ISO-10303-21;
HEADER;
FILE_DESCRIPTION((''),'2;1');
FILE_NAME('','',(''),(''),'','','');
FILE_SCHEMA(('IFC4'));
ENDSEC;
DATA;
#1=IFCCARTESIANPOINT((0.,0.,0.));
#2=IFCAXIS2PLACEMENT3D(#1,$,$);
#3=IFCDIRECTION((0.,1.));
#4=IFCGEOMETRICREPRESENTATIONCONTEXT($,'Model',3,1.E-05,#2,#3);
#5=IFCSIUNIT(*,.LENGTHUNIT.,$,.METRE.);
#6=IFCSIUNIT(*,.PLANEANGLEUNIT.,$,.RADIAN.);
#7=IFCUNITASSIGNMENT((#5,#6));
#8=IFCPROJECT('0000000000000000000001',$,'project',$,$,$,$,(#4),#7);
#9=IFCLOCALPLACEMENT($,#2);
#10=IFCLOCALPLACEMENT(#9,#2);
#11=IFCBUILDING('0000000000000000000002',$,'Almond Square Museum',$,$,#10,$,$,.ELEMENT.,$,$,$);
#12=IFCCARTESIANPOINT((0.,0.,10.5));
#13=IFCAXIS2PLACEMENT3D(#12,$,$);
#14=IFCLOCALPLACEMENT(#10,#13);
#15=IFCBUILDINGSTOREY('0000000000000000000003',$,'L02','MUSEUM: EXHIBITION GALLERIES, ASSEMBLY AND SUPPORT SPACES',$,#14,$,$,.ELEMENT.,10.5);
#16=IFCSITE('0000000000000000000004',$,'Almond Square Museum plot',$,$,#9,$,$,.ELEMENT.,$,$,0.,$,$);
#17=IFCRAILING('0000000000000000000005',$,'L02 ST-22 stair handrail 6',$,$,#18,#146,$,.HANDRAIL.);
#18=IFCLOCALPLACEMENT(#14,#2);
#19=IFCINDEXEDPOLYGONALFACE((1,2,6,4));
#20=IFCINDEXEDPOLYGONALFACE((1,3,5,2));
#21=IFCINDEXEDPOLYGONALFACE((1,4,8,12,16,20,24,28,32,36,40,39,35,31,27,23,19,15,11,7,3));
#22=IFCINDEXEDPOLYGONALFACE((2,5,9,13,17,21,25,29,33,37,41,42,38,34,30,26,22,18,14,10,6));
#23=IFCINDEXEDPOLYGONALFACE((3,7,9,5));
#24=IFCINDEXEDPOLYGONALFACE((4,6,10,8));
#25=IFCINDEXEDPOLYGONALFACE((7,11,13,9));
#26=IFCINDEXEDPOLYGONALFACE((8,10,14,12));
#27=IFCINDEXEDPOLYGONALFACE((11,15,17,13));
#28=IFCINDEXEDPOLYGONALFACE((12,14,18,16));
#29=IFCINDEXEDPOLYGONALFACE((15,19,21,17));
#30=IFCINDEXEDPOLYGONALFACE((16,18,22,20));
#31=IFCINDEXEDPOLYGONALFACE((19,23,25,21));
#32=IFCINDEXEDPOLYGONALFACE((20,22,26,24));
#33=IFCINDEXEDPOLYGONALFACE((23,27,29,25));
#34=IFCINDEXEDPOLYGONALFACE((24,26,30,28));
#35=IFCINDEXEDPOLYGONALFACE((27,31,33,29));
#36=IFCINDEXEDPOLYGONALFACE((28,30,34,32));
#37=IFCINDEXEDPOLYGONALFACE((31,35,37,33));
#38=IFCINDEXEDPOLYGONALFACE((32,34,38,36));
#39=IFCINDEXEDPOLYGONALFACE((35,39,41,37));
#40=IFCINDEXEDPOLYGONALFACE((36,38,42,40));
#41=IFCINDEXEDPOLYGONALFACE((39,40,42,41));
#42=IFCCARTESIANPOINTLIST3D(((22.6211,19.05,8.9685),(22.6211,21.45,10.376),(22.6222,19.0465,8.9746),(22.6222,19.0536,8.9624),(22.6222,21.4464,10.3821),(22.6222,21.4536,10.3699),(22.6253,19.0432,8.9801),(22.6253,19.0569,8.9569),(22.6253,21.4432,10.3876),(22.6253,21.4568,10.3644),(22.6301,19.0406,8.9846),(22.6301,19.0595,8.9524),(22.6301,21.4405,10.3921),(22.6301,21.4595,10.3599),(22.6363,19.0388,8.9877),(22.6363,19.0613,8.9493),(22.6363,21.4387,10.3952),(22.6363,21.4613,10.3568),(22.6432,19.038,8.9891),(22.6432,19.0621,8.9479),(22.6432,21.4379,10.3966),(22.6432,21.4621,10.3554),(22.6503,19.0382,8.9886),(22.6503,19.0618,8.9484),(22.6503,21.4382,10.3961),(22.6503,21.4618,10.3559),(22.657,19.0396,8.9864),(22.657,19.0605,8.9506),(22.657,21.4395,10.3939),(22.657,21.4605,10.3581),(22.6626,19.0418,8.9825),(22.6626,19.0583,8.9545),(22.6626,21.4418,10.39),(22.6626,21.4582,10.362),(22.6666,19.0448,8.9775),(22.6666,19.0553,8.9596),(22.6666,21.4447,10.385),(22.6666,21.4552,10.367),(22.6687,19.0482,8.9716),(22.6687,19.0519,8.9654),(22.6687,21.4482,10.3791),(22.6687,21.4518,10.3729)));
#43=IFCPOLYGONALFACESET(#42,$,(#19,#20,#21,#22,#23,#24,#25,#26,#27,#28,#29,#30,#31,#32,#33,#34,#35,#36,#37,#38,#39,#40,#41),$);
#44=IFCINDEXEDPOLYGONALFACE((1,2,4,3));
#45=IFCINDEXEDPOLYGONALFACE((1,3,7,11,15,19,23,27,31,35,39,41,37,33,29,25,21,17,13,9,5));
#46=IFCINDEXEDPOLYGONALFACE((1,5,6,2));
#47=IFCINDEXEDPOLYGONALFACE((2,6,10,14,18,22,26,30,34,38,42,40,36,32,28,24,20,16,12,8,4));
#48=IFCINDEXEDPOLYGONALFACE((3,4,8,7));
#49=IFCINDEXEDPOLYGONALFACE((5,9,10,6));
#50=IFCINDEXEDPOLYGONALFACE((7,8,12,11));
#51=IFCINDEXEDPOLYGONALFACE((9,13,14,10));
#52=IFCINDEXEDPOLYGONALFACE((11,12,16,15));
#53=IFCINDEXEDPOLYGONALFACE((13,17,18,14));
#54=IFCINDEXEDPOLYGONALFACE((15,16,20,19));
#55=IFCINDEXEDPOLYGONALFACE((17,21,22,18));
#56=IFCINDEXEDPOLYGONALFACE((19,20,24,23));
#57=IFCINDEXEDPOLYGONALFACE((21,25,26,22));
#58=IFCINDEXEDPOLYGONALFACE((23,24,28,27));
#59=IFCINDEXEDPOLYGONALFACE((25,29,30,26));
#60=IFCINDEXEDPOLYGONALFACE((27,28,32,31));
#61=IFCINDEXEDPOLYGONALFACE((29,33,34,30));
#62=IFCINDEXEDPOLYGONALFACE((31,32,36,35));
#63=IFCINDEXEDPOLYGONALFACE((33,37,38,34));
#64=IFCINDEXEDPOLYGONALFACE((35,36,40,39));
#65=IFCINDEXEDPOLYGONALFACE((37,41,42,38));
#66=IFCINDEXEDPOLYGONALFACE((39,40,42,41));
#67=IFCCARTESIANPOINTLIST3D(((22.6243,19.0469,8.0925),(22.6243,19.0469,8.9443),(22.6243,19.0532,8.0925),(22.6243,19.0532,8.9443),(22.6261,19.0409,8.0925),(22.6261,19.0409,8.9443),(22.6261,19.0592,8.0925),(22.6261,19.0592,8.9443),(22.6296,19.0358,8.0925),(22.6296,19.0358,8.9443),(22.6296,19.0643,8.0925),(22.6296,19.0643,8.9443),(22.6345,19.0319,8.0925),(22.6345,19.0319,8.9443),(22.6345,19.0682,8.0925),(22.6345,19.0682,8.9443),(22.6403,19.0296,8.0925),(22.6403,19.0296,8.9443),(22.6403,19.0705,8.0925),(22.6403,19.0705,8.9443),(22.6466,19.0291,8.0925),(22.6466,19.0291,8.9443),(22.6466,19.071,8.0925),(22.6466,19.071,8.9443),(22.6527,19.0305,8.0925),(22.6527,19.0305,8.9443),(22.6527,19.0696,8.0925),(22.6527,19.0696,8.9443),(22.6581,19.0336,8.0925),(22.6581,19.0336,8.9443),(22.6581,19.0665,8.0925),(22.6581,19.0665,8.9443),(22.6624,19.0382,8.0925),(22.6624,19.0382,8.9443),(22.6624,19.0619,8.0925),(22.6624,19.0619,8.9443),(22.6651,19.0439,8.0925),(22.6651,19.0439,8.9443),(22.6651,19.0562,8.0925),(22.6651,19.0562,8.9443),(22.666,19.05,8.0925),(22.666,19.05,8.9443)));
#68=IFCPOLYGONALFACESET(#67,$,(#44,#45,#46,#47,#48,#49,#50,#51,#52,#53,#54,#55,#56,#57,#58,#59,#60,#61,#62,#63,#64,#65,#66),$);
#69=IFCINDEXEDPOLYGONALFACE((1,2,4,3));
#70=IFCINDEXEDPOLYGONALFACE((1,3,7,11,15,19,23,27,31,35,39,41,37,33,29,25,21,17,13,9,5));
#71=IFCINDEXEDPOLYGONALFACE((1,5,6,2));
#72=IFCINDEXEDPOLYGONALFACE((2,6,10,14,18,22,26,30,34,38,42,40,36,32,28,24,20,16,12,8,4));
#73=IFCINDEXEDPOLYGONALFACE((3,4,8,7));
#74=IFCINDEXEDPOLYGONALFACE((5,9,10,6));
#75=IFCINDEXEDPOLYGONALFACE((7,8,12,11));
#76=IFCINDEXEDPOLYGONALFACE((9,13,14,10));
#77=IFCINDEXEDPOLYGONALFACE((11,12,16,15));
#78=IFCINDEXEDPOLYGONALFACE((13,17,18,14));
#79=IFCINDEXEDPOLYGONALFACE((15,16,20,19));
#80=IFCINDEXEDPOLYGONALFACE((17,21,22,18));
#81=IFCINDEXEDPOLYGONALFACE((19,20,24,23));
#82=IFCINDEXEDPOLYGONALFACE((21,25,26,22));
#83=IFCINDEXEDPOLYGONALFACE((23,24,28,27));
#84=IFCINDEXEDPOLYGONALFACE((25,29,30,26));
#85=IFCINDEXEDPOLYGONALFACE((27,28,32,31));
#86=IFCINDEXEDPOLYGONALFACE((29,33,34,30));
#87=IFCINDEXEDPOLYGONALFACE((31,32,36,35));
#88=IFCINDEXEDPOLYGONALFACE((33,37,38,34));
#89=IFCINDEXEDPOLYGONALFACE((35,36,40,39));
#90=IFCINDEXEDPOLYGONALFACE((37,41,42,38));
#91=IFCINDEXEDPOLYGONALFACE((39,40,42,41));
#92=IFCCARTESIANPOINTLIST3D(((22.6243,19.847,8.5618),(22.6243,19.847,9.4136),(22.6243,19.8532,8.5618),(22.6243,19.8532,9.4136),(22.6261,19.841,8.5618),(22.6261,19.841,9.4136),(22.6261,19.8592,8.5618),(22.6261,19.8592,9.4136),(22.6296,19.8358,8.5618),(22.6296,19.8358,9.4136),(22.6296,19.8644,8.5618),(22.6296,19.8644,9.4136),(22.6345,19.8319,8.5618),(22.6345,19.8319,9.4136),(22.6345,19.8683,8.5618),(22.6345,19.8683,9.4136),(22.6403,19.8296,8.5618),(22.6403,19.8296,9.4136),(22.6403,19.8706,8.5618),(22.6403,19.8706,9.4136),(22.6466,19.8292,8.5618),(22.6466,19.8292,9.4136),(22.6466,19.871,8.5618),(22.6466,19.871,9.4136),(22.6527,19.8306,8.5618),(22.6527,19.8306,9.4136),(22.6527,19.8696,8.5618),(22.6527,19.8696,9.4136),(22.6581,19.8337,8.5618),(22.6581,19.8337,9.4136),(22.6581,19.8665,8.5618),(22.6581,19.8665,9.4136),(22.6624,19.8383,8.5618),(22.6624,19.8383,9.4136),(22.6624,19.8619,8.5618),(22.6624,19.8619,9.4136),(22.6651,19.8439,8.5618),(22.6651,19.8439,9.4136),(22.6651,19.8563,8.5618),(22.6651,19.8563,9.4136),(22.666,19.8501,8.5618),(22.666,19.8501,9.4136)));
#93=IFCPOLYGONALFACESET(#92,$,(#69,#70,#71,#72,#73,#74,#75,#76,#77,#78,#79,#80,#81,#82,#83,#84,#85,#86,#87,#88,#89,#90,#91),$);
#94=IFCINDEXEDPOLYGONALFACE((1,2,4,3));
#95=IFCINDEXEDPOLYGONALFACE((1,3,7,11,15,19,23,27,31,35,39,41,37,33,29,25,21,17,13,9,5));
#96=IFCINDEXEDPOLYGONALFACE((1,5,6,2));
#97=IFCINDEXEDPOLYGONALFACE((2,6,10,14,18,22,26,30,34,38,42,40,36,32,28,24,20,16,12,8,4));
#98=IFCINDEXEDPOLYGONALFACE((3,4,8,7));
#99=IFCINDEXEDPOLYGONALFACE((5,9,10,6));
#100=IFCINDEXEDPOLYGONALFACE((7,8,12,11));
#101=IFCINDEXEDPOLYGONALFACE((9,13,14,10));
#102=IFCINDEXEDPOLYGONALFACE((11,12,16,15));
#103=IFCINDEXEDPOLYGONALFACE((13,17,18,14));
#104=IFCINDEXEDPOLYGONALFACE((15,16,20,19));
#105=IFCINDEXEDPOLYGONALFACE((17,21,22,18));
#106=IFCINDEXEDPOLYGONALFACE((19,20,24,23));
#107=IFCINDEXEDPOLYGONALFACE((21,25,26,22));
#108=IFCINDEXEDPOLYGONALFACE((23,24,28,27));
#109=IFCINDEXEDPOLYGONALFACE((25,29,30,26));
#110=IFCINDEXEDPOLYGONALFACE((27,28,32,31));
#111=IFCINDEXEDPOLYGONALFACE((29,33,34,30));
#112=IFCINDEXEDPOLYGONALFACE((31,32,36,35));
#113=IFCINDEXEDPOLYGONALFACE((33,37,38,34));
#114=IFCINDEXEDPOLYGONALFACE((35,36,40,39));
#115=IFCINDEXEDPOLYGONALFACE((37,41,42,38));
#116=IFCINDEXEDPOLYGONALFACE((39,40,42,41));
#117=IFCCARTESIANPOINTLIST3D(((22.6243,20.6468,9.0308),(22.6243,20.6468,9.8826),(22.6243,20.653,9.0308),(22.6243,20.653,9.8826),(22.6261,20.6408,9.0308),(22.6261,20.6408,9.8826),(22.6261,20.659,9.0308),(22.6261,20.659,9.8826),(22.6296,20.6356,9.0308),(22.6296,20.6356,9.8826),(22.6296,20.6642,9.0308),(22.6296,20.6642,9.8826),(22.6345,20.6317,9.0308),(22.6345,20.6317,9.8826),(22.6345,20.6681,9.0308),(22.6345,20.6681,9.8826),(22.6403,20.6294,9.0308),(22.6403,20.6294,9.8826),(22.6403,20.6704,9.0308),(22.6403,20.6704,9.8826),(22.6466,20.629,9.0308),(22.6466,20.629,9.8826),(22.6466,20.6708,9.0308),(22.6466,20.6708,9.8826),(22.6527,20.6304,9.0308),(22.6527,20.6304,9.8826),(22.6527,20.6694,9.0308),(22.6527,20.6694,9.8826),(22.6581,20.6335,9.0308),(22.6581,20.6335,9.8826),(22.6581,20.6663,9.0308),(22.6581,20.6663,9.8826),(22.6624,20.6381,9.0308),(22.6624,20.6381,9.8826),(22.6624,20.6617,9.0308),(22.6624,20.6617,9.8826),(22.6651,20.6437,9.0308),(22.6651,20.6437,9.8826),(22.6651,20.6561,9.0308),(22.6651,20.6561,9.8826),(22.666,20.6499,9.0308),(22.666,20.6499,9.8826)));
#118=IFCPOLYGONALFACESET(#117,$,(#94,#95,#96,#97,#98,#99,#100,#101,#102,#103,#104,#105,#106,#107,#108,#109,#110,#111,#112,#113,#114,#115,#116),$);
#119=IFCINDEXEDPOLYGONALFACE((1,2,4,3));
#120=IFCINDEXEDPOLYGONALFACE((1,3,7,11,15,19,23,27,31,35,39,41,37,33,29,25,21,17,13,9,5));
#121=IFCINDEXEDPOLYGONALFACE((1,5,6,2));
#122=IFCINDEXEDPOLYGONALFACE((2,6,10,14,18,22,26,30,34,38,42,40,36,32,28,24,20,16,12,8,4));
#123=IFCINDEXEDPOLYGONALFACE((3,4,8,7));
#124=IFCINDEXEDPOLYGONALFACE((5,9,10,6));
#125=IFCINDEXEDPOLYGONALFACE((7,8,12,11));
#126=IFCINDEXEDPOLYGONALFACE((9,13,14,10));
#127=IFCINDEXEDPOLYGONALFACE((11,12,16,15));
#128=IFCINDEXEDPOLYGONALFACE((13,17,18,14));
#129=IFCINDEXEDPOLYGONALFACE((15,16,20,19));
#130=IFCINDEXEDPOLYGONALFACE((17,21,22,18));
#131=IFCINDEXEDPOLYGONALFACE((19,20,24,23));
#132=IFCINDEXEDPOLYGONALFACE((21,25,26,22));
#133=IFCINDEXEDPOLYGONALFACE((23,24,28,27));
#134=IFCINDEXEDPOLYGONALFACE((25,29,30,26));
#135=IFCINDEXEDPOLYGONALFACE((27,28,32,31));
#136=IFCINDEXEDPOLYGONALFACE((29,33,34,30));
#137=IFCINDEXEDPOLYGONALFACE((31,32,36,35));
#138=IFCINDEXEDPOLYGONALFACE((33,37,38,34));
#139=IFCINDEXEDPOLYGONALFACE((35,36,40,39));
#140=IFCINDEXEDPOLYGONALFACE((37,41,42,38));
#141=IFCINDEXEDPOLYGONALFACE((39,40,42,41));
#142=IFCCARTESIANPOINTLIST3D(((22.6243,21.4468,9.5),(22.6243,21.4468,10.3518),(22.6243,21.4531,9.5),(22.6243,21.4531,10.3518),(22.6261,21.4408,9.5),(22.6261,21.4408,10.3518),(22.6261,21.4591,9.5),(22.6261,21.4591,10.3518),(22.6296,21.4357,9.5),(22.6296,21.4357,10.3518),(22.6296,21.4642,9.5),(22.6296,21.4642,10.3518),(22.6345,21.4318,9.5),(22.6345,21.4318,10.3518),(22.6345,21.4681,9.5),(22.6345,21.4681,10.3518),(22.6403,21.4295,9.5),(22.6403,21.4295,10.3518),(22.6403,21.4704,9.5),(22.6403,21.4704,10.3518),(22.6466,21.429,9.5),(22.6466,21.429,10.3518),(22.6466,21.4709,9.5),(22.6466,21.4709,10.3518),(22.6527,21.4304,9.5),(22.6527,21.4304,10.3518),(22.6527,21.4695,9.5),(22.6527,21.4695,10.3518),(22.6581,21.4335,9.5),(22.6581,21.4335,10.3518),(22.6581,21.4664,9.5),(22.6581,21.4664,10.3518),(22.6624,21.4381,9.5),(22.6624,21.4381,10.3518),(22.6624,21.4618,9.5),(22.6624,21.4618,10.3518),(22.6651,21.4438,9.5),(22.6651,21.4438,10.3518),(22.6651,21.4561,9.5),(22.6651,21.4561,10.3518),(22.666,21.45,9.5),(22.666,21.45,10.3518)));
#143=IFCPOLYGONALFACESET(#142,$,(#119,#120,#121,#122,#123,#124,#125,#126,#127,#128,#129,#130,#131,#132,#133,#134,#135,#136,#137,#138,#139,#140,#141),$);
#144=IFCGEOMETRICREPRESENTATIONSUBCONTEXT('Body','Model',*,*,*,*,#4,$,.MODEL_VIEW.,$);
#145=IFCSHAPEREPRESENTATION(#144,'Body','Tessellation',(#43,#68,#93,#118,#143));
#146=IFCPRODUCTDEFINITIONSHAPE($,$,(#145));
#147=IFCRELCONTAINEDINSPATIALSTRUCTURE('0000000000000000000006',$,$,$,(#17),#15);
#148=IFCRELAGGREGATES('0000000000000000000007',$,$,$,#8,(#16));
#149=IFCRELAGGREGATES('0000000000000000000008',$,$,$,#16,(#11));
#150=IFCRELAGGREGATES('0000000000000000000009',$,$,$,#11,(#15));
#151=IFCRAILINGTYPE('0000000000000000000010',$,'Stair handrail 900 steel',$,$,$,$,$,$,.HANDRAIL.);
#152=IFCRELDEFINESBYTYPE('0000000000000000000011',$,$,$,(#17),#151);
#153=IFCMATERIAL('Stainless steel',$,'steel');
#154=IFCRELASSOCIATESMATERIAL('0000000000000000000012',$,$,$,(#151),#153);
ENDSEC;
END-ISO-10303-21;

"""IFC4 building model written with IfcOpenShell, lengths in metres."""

from ifc_helpers import new_model, si_unit, direction, frame, origin, origin_2d, place, context, subcontext, project, spatial, circle, extrude, material, type_object, element, save


model = new_model("IFC4")

# Units and contexts
model_context = context("Model", 3, precision=1e-05, world=origin(), true_north=direction((0.0, 1.0)))
body_context = subcontext(model_context, "Body", "Model", "MODEL_VIEW")
ifc_project = project(units=[si_unit("LENGTHUNIT", "METRE"), si_unit("PLANEANGLEUNIT", "RADIAN")], contexts=[model_context])

# Site, building, storey
site_placement = place(None, origin())
site = spatial("IfcSite", under=ifc_project, at=site_placement, Name="Almond Square Museum plot", CompositionType="ELEMENT", RefElevation=0.0)
building_placement = place(site_placement, origin())
building = spatial("IfcBuilding", under=site, at=building_placement, Name="Almond Square Museum", CompositionType="ELEMENT")
storey_placement = place(building_placement, frame((0.0, 0.0, 10.5)))
storey = spatial("IfcBuildingStorey", under=building, at=storey_placement, Name="L02", Description="MUSEUM: EXHIBITION GALLERIES, ASSEMBLY AND SUPPORT SPACES", CompositionType="ELEMENT", Elevation=10.5)

# Railing
ifc_material_1 = material(Name="Stainless steel", Category="steel")
railing_type_1 = type_object("IfcRailingType", Name="Stair handrail 900 steel", PredefinedType="HANDRAIL", material=ifc_material_1)
railing_1_placement = place(storey_placement, frame((22.645, 19.05, 8.0925)))
element("IfcRailing", 1, at=railing_1_placement, inside=storey, type_object=railing_type_1, Name="L02 ST-22 stair handrail 6", PredefinedType="HANDRAIL", context=body_context, shape_type="SweptSolid", body=[
    extrude(circle(Radius=0.0239, at=origin_2d()), frame((0.0, 0.0, 0.876), z_axis=(0.0, 0.862599, 0.505888), x_axis=(-1.0, 0.0, 0.0)), (0.0, 0.0, 1.0), 2.7822),
    extrude(circle(Radius=0.021, at=origin_2d()), origin(), (0.0, 0.0, 1.0), 0.8518),
    extrude(circle(Radius=0.021, at=origin_2d()), frame((0.0, 0.8, 0.4692)), (0.0, 0.0, 1.0), 0.8518),
    extrude(circle(Radius=0.021, at=origin_2d()), frame((0.0, 1.5999, 0.9382)), (0.0, 0.0, 1.0), 0.8518),
    extrude(circle(Radius=0.021, at=origin_2d()), frame((0.0, 2.3999, 1.4075)), (0.0, 0.0, 1.0), 0.8518),
])

save(model, "model.ifc")
